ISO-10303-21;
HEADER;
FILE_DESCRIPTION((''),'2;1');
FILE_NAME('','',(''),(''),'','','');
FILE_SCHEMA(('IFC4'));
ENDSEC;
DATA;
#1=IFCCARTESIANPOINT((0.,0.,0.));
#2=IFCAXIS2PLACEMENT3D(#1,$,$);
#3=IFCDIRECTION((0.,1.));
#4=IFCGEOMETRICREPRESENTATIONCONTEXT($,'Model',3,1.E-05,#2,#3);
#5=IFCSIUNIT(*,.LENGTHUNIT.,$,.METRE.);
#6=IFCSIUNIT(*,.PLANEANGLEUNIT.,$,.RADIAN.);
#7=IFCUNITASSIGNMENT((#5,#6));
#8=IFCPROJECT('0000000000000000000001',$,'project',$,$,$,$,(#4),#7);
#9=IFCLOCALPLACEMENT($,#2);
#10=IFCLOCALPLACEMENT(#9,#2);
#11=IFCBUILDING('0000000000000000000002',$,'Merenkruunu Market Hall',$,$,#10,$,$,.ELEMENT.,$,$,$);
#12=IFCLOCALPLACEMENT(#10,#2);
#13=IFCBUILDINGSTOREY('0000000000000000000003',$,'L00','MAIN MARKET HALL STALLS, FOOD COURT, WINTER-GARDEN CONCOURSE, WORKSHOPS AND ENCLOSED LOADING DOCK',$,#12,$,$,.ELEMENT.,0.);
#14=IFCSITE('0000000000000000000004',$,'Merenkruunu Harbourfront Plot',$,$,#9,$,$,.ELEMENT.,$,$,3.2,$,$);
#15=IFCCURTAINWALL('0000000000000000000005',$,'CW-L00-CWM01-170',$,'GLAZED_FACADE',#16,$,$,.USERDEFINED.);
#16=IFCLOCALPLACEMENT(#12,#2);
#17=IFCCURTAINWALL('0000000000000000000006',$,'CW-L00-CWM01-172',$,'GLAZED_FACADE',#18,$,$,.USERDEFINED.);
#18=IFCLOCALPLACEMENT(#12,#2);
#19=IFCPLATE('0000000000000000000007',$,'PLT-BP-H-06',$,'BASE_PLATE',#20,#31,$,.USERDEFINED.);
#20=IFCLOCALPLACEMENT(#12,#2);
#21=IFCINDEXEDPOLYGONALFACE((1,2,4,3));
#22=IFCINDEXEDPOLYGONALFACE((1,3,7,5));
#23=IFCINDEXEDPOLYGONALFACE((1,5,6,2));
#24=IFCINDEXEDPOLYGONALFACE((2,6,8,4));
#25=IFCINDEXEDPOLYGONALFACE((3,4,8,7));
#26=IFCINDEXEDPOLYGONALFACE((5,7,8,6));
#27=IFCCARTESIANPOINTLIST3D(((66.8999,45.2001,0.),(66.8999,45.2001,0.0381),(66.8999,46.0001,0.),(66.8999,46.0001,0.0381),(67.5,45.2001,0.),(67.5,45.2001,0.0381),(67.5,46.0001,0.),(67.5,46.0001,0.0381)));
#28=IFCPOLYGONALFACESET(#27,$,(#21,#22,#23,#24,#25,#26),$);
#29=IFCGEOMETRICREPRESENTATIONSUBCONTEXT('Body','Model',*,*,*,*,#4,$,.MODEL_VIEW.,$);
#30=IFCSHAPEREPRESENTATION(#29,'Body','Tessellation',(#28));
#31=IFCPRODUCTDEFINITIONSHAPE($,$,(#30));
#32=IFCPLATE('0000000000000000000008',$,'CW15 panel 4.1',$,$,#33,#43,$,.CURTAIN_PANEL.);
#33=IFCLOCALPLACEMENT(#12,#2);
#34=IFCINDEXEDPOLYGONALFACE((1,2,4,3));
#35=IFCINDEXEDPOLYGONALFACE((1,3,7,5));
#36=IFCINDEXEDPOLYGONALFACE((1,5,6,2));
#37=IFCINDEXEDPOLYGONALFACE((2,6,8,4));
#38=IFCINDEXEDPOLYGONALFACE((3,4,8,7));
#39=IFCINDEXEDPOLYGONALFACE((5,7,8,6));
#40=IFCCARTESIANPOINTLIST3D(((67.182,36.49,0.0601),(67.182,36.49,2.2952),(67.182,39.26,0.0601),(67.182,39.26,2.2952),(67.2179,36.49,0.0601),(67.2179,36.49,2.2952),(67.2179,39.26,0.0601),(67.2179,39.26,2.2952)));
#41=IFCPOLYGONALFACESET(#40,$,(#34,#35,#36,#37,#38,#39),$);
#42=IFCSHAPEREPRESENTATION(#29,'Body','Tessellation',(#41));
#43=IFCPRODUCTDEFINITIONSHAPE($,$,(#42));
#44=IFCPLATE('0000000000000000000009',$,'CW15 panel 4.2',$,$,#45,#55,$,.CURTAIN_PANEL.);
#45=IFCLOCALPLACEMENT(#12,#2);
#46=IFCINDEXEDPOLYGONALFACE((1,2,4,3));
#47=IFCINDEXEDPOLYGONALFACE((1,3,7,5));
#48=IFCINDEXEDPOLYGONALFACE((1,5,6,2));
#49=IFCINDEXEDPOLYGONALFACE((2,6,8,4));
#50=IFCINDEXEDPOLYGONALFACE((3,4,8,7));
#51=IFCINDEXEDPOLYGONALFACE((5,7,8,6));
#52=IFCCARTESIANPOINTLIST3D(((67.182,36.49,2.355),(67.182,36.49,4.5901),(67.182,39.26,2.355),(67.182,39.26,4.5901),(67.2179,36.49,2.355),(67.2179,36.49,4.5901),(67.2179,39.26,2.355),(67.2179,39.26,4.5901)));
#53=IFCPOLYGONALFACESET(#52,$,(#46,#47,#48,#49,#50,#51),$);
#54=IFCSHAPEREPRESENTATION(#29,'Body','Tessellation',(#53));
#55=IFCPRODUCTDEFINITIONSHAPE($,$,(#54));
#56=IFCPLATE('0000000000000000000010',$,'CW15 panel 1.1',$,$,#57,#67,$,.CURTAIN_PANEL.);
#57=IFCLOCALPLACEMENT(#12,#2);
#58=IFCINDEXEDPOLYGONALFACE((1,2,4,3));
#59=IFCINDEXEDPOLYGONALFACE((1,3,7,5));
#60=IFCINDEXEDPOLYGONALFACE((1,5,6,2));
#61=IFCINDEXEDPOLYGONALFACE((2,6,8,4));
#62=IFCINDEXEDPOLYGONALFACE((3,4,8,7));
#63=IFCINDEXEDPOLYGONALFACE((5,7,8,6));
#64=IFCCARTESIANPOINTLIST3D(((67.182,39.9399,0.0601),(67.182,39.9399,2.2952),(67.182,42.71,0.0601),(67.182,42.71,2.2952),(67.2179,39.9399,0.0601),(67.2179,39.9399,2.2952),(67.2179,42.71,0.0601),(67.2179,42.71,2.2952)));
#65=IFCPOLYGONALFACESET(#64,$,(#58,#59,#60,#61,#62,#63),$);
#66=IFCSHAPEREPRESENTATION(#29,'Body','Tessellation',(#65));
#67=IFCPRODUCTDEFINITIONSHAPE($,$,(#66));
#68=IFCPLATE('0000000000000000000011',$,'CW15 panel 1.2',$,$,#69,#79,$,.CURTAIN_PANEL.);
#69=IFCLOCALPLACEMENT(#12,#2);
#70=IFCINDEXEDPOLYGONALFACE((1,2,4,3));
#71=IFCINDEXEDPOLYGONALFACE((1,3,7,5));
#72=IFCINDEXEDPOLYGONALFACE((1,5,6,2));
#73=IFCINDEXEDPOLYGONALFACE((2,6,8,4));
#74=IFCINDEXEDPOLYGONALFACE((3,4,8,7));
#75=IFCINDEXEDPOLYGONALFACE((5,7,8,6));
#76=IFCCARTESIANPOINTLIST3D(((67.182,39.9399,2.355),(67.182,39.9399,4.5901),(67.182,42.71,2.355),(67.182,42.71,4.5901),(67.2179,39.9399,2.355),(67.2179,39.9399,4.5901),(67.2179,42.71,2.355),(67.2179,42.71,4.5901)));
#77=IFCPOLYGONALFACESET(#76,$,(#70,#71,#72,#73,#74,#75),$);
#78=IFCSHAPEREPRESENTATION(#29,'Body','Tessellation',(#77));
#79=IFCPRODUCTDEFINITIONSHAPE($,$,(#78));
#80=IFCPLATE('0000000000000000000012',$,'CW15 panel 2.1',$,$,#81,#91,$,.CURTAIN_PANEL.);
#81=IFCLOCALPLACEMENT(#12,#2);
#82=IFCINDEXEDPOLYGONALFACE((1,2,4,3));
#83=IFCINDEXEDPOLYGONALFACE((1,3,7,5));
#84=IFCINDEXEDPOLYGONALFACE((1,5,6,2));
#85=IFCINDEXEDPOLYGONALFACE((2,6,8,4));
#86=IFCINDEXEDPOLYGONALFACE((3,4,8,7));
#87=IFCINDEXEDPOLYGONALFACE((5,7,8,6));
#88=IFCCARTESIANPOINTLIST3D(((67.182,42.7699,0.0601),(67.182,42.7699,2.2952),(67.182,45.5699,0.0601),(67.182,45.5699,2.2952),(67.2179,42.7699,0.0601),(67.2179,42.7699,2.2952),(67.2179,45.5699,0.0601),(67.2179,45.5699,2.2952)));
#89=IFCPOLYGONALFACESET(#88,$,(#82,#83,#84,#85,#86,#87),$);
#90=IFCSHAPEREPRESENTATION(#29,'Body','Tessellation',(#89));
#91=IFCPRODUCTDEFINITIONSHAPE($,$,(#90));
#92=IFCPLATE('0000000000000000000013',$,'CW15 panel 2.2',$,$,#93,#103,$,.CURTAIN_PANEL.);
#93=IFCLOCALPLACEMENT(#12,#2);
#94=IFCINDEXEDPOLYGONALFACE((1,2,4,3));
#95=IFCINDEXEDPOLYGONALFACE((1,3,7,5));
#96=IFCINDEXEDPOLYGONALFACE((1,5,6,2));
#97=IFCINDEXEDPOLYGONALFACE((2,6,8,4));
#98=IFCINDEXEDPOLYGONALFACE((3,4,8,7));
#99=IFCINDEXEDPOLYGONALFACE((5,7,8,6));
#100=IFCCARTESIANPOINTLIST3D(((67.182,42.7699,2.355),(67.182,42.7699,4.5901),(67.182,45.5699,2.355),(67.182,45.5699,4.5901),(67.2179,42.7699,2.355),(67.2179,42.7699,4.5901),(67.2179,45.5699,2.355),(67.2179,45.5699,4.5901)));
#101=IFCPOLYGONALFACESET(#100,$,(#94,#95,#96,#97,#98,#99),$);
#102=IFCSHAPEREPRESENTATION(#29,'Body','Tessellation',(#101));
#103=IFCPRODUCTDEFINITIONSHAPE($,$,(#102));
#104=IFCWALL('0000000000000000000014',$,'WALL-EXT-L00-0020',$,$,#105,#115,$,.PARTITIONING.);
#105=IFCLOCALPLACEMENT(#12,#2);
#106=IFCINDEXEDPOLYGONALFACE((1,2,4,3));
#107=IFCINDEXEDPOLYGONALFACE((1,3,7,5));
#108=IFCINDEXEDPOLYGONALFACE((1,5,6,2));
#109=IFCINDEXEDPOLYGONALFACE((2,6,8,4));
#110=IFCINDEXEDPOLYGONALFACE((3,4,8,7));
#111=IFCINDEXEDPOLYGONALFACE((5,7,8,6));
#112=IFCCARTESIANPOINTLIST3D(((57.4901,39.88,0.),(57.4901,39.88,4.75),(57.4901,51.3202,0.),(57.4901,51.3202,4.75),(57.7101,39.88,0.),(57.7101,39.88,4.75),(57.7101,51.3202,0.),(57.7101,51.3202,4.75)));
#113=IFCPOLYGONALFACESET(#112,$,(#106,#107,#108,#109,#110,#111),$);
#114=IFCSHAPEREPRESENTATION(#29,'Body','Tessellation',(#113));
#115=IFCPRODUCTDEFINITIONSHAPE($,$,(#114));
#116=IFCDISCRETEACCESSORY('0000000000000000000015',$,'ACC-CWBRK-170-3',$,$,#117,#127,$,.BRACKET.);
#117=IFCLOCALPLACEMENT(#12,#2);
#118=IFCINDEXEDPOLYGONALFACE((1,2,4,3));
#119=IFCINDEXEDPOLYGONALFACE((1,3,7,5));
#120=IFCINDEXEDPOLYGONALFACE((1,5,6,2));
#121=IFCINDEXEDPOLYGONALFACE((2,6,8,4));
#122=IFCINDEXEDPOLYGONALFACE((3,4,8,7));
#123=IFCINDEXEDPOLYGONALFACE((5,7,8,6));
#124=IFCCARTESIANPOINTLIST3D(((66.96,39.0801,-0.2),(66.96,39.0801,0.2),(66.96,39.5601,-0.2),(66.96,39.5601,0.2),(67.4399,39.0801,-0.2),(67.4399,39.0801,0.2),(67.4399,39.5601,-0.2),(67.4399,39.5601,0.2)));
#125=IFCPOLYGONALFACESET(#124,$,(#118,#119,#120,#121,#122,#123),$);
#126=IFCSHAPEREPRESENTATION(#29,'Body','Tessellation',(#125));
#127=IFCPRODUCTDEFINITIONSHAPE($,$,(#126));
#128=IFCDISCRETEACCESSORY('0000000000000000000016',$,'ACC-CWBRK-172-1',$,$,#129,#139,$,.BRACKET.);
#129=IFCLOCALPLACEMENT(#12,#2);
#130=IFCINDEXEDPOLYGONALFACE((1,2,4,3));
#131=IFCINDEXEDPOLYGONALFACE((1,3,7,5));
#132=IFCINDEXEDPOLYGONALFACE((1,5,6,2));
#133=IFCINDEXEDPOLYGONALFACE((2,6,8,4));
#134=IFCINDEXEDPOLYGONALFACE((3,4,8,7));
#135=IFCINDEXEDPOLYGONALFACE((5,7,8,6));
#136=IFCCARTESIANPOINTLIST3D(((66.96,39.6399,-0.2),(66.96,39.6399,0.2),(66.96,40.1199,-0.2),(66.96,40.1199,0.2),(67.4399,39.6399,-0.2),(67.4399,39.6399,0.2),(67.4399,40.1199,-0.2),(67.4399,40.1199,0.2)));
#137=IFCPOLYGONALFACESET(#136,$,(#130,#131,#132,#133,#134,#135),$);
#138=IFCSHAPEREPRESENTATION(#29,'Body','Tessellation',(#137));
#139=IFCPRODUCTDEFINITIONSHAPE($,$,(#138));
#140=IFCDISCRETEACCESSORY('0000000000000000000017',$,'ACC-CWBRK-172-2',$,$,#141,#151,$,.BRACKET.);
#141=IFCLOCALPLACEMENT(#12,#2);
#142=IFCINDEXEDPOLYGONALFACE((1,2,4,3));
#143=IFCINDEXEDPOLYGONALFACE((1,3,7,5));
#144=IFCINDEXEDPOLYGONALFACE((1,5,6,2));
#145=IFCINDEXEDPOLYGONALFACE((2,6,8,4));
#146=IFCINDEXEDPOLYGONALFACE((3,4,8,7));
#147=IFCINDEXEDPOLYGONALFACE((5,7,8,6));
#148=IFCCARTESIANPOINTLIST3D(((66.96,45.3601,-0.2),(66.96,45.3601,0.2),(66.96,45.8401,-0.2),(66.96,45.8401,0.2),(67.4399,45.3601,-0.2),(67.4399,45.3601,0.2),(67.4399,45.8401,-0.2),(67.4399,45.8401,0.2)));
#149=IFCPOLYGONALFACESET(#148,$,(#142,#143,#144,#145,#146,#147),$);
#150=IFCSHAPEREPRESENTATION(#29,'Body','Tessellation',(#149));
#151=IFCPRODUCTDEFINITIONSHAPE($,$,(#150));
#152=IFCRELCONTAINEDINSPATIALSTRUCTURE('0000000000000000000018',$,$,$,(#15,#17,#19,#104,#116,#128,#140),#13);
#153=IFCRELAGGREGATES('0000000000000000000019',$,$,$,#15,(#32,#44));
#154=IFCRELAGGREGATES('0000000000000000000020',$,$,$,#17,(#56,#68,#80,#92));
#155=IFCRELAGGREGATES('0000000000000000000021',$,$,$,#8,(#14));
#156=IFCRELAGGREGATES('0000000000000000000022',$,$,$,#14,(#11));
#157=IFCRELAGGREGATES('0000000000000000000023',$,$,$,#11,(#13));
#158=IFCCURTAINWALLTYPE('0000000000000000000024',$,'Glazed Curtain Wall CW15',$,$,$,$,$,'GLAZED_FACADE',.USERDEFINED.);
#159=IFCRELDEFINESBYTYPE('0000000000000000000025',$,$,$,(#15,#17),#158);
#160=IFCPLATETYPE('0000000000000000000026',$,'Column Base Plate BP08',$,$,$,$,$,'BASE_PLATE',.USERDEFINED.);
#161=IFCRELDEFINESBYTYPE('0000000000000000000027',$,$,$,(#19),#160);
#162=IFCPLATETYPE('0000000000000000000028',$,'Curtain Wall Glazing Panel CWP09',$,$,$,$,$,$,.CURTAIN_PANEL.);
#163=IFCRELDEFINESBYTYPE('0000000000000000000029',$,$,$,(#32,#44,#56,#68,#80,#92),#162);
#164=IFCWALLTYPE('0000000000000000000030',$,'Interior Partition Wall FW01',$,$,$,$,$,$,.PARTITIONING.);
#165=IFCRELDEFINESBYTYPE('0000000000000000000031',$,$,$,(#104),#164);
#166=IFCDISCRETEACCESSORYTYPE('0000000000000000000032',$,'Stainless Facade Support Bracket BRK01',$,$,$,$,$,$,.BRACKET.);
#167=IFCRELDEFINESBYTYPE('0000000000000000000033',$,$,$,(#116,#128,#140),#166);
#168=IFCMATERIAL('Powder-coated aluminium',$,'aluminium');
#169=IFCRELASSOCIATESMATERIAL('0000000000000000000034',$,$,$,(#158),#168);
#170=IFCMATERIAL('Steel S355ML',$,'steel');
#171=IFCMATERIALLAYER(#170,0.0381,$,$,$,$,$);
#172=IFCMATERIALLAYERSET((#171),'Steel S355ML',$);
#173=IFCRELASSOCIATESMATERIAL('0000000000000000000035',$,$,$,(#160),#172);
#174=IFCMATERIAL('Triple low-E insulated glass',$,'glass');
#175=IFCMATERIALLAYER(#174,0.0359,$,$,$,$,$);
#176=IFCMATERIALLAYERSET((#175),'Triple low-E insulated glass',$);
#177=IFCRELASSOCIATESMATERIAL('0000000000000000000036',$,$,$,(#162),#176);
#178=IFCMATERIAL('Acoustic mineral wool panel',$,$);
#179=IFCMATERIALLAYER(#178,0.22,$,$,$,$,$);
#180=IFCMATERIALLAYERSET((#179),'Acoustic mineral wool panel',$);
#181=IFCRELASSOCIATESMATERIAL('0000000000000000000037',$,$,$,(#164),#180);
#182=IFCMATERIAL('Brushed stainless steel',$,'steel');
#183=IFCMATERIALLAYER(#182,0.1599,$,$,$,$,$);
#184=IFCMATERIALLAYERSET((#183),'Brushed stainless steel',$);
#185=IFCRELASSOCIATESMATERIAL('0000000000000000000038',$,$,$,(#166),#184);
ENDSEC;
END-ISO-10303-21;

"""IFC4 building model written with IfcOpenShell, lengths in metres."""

from ifc_helpers import new_model, si_unit, direction, frame, frame_2d, origin, origin_2d, place, context, subcontext, project, spatial, rectangle, extrude, material, layer, layer_set, type_object, element, aggregate, save


model = new_model("IFC4")

# Units and contexts
model_context = context("Model", 3, precision=1e-05, world=origin(), true_north=direction((0.0, 1.0)))
body_context = subcontext(model_context, "Body", "Model", "MODEL_VIEW")
ifc_project = project(units=[si_unit("LENGTHUNIT", "METRE"), si_unit("PLANEANGLEUNIT", "RADIAN")], contexts=[model_context])

# Site, building, storey
site_placement = place(None, origin())
site = spatial("IfcSite", under=ifc_project, at=site_placement, Name="Merenkruunu Harbourfront Plot", CompositionType="ELEMENT", RefElevation=3.2)
building_placement = place(site_placement, origin())
building = spatial("IfcBuilding", under=site, at=building_placement, Name="Merenkruunu Market Hall", CompositionType="ELEMENT")
storey_placement = place(building_placement, origin())
storey = spatial("IfcBuildingStorey", under=building, at=storey_placement, Name="L00", Description="MAIN MARKET HALL STALLS, FOOD COURT, WINTER-GARDEN CONCOURSE, WORKSHOPS AND ENCLOSED LOADING DOCK", CompositionType="ELEMENT", Elevation=0.0)

# Shared definitions
ifc_material_1 = material(Name="Steel S355ML", Category="steel")

# Curtain wall
ifc_material_2 = material(Name="Powder-coated aluminium", Category="aluminium")
curtain_wall_type = type_object("IfcCurtainWallType", Name="Glazed Curtain Wall CW15", ElementType="GLAZED_FACADE", PredefinedType="USERDEFINED", material=ifc_material_2)
curtain_wall_1_placement = place(storey_placement, origin())
curtain_wall_1 = element("IfcCurtainWall", 1, at=curtain_wall_1_placement, inside=storey, type_object=curtain_wall_type, Name="CW-L00-CWM01-170", ObjectType="GLAZED_FACADE", PredefinedType="USERDEFINED")

# Curtain wall
curtain_wall_2_placement = place(storey_placement, origin())
curtain_wall_2 = element("IfcCurtainWall", 2, at=curtain_wall_2_placement, inside=storey, type_object=curtain_wall_type, Name="CW-L00-CWM01-172", ObjectType="GLAZED_FACADE", PredefinedType="USERDEFINED")

# Plate
ifc_layer_1 = layer(ifc_material_1, 0.0381)
ifc_layer_set_1 = layer_set([ifc_layer_1], Name="Steel S355ML")
plate_type_1 = type_object("IfcPlateType", Name="Column Base Plate BP08", ElementType="BASE_PLATE", PredefinedType="USERDEFINED", material=ifc_layer_set_1)
plate_1_placement = place(storey_placement, frame((67.2, 45.6001, 0.0), z_axis=(0.0, 0.0, 1.0), x_axis=(1.0, 0.0, 0.0)))
element("IfcPlate", 3, at=plate_1_placement, inside=storey, type_object=plate_type_1, Name="PLT-BP-H-06", ObjectType="BASE_PLATE", PredefinedType="USERDEFINED", context=body_context, shape_type="SweptSolid", body=[
    extrude(rectangle(XDim=0.6001, YDim=0.8, at=origin_2d()), origin(), (0.0, 0.0, 1.0), 0.0381),
])

# Plates
ifc_material_3 = material(Name="Triple low-E insulated glass", Category="glass")
ifc_layer_2 = layer(ifc_material_3, 0.0359)
ifc_layer_set_2 = layer_set([ifc_layer_2], Name="Triple low-E insulated glass")
plate_type_2 = type_object("IfcPlateType", Name="Curtain Wall Glazing Panel CWP09", PredefinedType="CURTAIN_PANEL", material=ifc_layer_set_2)
plate_2_placement = place(storey_placement, frame((67.2, 37.875, 0.0601), z_axis=(0.0, 0.0, 1.0), x_axis=(0.0, 1.0, 0.0)))
plate_2 = element("IfcPlate", 4, at=plate_2_placement, type_object=plate_type_2, Name="CW15 panel 4.1", PredefinedType="CURTAIN_PANEL", context=body_context, shape_type="SweptSolid", body=[
    extrude(rectangle(XDim=2.77, YDim=0.0359, at=origin_2d()), origin(), (0.0, 0.0, 1.0), 2.2351),
])
plate_3_placement = place(storey_placement, frame((67.2, 37.875, 2.355), z_axis=(0.0, 0.0, 1.0), x_axis=(0.0, 1.0, 0.0)))
plate_3 = element("IfcPlate", 5, at=plate_3_placement, type_object=plate_type_2, Name="CW15 panel 4.2", PredefinedType="CURTAIN_PANEL", context=body_context, shape_type="SweptSolid", body=[
    extrude(rectangle(XDim=2.77, YDim=0.0359, at=origin_2d()), origin(), (0.0, 0.0, 1.0), 2.2351),
])
aggregate(curtain_wall_1, [plate_2, plate_3])
plate_4_placement = place(storey_placement, frame((67.2, 41.325, 0.0601), z_axis=(0.0, 0.0, 1.0), x_axis=(0.0, 1.0, 0.0)))
plate_4 = element("IfcPlate", 6, at=plate_4_placement, type_object=plate_type_2, Name="CW15 panel 1.1", PredefinedType="CURTAIN_PANEL", context=body_context, shape_type="SweptSolid", body=[
    extrude(rectangle(XDim=2.77, YDim=0.0359, at=origin_2d()), origin(), (0.0, 0.0, 1.0), 2.2351),
])
plate_5_placement = place(storey_placement, frame((67.2, 41.325, 2.355), z_axis=(0.0, 0.0, 1.0), x_axis=(0.0, 1.0, 0.0)))
plate_5 = element("IfcPlate", 7, at=plate_5_placement, type_object=plate_type_2, Name="CW15 panel 1.2", PredefinedType="CURTAIN_PANEL", context=body_context, shape_type="SweptSolid", body=[
    extrude(rectangle(XDim=2.77, YDim=0.0359, at=origin_2d()), origin(), (0.0, 0.0, 1.0), 2.2351),
])
plate_6_placement = place(storey_placement, frame((67.2, 44.1699, 0.0601), z_axis=(0.0, 0.0, 1.0), x_axis=(0.0, 1.0, 0.0)))
plate_6 = element("IfcPlate", 8, at=plate_6_placement, type_object=plate_type_2, Name="CW15 panel 2.1", PredefinedType="CURTAIN_PANEL", context=body_context, shape_type="SweptSolid", body=[
    extrude(rectangle(XDim=2.8, YDim=0.0359, at=origin_2d()), origin(), (0.0, 0.0, 1.0), 2.2351),
])
plate_7_placement = place(storey_placement, frame((67.2, 44.1699, 2.355), z_axis=(0.0, 0.0, 1.0), x_axis=(0.0, 1.0, 0.0)))
plate_7 = element("IfcPlate", 9, at=plate_7_placement, type_object=plate_type_2, Name="CW15 panel 2.2", PredefinedType="CURTAIN_PANEL", context=body_context, shape_type="SweptSolid", body=[
    extrude(rectangle(XDim=2.8, YDim=0.0359, at=origin_2d()), origin(), (0.0, 0.0, 1.0), 2.2351),
])
aggregate(curtain_wall_2, [plate_4, plate_5, plate_6, plate_7])

# Wall
ifc_material_4 = material(Name="Acoustic mineral wool panel")
ifc_layer_3 = layer(ifc_material_4, 0.22)
ifc_layer_set_3 = layer_set([ifc_layer_3], Name="Acoustic mineral wool panel")
wall_type = type_object("IfcWallType", Name="Interior Partition Wall FW01", PredefinedType="PARTITIONING", material=ifc_layer_set_3)
wall_placement = place(storey_placement, frame((57.6001, 39.8799, 0.0), z_axis=(0.0, 0.0, 1.0), x_axis=(0.0, 1.0, 0.0)))
element("IfcWall", 10, at=wall_placement, inside=storey, type_object=wall_type, Name="WALL-EXT-L00-0020", PredefinedType="PARTITIONING", context=body_context, shape_type="SweptSolid", body=[
    extrude(rectangle(XDim=11.4402, YDim=0.22, at=frame_2d((5.7202, 0.0))), origin(), (0.0, 0.0, 1.0), 4.75),
])

# Discrete accessories
ifc_material_5 = material(Name="Brushed stainless steel", Category="steel")
ifc_layer_4 = layer(ifc_material_5, 0.1599)
ifc_layer_set_4 = layer_set([ifc_layer_4], Name="Brushed stainless steel")
discrete_accessory_type = type_object("IfcDiscreteAccessoryType", Name="Stainless Facade Support Bracket BRK01", PredefinedType="BRACKET", material=ifc_layer_set_4)
for number, where, z_axis, x_axis, name in (
    (11, (67.2, 39.3201, -0.2), (0.0, 0.0, 1.0), (1.0, 0.0, 0.0), "ACC-CWBRK-170-3"),
    (12, (67.2, 39.8799, -0.2), (0.0, 0.0, 1.0), (1.0, 0.0, 0.0), "ACC-CWBRK-172-1"),
    (13, (67.2, 45.6001, -0.2), (0.0, 0.0, 1.0), (1.0, 0.0, 0.0), "ACC-CWBRK-172-2"),
):
    element("IfcDiscreteAccessory", number, at=place(storey_placement, frame(where, z_axis=z_axis, x_axis=x_axis)), inside=storey, type_object=discrete_accessory_type, Name=name, PredefinedType="BRACKET", context=body_context, shape_type="SweptSolid", body=[
        extrude(rectangle(XDim=0.48, YDim=0.48, at=origin_2d()), origin(), (0.0, 0.0, 1.0), 0.3999),
    ])

save(model, "model.ifc")
